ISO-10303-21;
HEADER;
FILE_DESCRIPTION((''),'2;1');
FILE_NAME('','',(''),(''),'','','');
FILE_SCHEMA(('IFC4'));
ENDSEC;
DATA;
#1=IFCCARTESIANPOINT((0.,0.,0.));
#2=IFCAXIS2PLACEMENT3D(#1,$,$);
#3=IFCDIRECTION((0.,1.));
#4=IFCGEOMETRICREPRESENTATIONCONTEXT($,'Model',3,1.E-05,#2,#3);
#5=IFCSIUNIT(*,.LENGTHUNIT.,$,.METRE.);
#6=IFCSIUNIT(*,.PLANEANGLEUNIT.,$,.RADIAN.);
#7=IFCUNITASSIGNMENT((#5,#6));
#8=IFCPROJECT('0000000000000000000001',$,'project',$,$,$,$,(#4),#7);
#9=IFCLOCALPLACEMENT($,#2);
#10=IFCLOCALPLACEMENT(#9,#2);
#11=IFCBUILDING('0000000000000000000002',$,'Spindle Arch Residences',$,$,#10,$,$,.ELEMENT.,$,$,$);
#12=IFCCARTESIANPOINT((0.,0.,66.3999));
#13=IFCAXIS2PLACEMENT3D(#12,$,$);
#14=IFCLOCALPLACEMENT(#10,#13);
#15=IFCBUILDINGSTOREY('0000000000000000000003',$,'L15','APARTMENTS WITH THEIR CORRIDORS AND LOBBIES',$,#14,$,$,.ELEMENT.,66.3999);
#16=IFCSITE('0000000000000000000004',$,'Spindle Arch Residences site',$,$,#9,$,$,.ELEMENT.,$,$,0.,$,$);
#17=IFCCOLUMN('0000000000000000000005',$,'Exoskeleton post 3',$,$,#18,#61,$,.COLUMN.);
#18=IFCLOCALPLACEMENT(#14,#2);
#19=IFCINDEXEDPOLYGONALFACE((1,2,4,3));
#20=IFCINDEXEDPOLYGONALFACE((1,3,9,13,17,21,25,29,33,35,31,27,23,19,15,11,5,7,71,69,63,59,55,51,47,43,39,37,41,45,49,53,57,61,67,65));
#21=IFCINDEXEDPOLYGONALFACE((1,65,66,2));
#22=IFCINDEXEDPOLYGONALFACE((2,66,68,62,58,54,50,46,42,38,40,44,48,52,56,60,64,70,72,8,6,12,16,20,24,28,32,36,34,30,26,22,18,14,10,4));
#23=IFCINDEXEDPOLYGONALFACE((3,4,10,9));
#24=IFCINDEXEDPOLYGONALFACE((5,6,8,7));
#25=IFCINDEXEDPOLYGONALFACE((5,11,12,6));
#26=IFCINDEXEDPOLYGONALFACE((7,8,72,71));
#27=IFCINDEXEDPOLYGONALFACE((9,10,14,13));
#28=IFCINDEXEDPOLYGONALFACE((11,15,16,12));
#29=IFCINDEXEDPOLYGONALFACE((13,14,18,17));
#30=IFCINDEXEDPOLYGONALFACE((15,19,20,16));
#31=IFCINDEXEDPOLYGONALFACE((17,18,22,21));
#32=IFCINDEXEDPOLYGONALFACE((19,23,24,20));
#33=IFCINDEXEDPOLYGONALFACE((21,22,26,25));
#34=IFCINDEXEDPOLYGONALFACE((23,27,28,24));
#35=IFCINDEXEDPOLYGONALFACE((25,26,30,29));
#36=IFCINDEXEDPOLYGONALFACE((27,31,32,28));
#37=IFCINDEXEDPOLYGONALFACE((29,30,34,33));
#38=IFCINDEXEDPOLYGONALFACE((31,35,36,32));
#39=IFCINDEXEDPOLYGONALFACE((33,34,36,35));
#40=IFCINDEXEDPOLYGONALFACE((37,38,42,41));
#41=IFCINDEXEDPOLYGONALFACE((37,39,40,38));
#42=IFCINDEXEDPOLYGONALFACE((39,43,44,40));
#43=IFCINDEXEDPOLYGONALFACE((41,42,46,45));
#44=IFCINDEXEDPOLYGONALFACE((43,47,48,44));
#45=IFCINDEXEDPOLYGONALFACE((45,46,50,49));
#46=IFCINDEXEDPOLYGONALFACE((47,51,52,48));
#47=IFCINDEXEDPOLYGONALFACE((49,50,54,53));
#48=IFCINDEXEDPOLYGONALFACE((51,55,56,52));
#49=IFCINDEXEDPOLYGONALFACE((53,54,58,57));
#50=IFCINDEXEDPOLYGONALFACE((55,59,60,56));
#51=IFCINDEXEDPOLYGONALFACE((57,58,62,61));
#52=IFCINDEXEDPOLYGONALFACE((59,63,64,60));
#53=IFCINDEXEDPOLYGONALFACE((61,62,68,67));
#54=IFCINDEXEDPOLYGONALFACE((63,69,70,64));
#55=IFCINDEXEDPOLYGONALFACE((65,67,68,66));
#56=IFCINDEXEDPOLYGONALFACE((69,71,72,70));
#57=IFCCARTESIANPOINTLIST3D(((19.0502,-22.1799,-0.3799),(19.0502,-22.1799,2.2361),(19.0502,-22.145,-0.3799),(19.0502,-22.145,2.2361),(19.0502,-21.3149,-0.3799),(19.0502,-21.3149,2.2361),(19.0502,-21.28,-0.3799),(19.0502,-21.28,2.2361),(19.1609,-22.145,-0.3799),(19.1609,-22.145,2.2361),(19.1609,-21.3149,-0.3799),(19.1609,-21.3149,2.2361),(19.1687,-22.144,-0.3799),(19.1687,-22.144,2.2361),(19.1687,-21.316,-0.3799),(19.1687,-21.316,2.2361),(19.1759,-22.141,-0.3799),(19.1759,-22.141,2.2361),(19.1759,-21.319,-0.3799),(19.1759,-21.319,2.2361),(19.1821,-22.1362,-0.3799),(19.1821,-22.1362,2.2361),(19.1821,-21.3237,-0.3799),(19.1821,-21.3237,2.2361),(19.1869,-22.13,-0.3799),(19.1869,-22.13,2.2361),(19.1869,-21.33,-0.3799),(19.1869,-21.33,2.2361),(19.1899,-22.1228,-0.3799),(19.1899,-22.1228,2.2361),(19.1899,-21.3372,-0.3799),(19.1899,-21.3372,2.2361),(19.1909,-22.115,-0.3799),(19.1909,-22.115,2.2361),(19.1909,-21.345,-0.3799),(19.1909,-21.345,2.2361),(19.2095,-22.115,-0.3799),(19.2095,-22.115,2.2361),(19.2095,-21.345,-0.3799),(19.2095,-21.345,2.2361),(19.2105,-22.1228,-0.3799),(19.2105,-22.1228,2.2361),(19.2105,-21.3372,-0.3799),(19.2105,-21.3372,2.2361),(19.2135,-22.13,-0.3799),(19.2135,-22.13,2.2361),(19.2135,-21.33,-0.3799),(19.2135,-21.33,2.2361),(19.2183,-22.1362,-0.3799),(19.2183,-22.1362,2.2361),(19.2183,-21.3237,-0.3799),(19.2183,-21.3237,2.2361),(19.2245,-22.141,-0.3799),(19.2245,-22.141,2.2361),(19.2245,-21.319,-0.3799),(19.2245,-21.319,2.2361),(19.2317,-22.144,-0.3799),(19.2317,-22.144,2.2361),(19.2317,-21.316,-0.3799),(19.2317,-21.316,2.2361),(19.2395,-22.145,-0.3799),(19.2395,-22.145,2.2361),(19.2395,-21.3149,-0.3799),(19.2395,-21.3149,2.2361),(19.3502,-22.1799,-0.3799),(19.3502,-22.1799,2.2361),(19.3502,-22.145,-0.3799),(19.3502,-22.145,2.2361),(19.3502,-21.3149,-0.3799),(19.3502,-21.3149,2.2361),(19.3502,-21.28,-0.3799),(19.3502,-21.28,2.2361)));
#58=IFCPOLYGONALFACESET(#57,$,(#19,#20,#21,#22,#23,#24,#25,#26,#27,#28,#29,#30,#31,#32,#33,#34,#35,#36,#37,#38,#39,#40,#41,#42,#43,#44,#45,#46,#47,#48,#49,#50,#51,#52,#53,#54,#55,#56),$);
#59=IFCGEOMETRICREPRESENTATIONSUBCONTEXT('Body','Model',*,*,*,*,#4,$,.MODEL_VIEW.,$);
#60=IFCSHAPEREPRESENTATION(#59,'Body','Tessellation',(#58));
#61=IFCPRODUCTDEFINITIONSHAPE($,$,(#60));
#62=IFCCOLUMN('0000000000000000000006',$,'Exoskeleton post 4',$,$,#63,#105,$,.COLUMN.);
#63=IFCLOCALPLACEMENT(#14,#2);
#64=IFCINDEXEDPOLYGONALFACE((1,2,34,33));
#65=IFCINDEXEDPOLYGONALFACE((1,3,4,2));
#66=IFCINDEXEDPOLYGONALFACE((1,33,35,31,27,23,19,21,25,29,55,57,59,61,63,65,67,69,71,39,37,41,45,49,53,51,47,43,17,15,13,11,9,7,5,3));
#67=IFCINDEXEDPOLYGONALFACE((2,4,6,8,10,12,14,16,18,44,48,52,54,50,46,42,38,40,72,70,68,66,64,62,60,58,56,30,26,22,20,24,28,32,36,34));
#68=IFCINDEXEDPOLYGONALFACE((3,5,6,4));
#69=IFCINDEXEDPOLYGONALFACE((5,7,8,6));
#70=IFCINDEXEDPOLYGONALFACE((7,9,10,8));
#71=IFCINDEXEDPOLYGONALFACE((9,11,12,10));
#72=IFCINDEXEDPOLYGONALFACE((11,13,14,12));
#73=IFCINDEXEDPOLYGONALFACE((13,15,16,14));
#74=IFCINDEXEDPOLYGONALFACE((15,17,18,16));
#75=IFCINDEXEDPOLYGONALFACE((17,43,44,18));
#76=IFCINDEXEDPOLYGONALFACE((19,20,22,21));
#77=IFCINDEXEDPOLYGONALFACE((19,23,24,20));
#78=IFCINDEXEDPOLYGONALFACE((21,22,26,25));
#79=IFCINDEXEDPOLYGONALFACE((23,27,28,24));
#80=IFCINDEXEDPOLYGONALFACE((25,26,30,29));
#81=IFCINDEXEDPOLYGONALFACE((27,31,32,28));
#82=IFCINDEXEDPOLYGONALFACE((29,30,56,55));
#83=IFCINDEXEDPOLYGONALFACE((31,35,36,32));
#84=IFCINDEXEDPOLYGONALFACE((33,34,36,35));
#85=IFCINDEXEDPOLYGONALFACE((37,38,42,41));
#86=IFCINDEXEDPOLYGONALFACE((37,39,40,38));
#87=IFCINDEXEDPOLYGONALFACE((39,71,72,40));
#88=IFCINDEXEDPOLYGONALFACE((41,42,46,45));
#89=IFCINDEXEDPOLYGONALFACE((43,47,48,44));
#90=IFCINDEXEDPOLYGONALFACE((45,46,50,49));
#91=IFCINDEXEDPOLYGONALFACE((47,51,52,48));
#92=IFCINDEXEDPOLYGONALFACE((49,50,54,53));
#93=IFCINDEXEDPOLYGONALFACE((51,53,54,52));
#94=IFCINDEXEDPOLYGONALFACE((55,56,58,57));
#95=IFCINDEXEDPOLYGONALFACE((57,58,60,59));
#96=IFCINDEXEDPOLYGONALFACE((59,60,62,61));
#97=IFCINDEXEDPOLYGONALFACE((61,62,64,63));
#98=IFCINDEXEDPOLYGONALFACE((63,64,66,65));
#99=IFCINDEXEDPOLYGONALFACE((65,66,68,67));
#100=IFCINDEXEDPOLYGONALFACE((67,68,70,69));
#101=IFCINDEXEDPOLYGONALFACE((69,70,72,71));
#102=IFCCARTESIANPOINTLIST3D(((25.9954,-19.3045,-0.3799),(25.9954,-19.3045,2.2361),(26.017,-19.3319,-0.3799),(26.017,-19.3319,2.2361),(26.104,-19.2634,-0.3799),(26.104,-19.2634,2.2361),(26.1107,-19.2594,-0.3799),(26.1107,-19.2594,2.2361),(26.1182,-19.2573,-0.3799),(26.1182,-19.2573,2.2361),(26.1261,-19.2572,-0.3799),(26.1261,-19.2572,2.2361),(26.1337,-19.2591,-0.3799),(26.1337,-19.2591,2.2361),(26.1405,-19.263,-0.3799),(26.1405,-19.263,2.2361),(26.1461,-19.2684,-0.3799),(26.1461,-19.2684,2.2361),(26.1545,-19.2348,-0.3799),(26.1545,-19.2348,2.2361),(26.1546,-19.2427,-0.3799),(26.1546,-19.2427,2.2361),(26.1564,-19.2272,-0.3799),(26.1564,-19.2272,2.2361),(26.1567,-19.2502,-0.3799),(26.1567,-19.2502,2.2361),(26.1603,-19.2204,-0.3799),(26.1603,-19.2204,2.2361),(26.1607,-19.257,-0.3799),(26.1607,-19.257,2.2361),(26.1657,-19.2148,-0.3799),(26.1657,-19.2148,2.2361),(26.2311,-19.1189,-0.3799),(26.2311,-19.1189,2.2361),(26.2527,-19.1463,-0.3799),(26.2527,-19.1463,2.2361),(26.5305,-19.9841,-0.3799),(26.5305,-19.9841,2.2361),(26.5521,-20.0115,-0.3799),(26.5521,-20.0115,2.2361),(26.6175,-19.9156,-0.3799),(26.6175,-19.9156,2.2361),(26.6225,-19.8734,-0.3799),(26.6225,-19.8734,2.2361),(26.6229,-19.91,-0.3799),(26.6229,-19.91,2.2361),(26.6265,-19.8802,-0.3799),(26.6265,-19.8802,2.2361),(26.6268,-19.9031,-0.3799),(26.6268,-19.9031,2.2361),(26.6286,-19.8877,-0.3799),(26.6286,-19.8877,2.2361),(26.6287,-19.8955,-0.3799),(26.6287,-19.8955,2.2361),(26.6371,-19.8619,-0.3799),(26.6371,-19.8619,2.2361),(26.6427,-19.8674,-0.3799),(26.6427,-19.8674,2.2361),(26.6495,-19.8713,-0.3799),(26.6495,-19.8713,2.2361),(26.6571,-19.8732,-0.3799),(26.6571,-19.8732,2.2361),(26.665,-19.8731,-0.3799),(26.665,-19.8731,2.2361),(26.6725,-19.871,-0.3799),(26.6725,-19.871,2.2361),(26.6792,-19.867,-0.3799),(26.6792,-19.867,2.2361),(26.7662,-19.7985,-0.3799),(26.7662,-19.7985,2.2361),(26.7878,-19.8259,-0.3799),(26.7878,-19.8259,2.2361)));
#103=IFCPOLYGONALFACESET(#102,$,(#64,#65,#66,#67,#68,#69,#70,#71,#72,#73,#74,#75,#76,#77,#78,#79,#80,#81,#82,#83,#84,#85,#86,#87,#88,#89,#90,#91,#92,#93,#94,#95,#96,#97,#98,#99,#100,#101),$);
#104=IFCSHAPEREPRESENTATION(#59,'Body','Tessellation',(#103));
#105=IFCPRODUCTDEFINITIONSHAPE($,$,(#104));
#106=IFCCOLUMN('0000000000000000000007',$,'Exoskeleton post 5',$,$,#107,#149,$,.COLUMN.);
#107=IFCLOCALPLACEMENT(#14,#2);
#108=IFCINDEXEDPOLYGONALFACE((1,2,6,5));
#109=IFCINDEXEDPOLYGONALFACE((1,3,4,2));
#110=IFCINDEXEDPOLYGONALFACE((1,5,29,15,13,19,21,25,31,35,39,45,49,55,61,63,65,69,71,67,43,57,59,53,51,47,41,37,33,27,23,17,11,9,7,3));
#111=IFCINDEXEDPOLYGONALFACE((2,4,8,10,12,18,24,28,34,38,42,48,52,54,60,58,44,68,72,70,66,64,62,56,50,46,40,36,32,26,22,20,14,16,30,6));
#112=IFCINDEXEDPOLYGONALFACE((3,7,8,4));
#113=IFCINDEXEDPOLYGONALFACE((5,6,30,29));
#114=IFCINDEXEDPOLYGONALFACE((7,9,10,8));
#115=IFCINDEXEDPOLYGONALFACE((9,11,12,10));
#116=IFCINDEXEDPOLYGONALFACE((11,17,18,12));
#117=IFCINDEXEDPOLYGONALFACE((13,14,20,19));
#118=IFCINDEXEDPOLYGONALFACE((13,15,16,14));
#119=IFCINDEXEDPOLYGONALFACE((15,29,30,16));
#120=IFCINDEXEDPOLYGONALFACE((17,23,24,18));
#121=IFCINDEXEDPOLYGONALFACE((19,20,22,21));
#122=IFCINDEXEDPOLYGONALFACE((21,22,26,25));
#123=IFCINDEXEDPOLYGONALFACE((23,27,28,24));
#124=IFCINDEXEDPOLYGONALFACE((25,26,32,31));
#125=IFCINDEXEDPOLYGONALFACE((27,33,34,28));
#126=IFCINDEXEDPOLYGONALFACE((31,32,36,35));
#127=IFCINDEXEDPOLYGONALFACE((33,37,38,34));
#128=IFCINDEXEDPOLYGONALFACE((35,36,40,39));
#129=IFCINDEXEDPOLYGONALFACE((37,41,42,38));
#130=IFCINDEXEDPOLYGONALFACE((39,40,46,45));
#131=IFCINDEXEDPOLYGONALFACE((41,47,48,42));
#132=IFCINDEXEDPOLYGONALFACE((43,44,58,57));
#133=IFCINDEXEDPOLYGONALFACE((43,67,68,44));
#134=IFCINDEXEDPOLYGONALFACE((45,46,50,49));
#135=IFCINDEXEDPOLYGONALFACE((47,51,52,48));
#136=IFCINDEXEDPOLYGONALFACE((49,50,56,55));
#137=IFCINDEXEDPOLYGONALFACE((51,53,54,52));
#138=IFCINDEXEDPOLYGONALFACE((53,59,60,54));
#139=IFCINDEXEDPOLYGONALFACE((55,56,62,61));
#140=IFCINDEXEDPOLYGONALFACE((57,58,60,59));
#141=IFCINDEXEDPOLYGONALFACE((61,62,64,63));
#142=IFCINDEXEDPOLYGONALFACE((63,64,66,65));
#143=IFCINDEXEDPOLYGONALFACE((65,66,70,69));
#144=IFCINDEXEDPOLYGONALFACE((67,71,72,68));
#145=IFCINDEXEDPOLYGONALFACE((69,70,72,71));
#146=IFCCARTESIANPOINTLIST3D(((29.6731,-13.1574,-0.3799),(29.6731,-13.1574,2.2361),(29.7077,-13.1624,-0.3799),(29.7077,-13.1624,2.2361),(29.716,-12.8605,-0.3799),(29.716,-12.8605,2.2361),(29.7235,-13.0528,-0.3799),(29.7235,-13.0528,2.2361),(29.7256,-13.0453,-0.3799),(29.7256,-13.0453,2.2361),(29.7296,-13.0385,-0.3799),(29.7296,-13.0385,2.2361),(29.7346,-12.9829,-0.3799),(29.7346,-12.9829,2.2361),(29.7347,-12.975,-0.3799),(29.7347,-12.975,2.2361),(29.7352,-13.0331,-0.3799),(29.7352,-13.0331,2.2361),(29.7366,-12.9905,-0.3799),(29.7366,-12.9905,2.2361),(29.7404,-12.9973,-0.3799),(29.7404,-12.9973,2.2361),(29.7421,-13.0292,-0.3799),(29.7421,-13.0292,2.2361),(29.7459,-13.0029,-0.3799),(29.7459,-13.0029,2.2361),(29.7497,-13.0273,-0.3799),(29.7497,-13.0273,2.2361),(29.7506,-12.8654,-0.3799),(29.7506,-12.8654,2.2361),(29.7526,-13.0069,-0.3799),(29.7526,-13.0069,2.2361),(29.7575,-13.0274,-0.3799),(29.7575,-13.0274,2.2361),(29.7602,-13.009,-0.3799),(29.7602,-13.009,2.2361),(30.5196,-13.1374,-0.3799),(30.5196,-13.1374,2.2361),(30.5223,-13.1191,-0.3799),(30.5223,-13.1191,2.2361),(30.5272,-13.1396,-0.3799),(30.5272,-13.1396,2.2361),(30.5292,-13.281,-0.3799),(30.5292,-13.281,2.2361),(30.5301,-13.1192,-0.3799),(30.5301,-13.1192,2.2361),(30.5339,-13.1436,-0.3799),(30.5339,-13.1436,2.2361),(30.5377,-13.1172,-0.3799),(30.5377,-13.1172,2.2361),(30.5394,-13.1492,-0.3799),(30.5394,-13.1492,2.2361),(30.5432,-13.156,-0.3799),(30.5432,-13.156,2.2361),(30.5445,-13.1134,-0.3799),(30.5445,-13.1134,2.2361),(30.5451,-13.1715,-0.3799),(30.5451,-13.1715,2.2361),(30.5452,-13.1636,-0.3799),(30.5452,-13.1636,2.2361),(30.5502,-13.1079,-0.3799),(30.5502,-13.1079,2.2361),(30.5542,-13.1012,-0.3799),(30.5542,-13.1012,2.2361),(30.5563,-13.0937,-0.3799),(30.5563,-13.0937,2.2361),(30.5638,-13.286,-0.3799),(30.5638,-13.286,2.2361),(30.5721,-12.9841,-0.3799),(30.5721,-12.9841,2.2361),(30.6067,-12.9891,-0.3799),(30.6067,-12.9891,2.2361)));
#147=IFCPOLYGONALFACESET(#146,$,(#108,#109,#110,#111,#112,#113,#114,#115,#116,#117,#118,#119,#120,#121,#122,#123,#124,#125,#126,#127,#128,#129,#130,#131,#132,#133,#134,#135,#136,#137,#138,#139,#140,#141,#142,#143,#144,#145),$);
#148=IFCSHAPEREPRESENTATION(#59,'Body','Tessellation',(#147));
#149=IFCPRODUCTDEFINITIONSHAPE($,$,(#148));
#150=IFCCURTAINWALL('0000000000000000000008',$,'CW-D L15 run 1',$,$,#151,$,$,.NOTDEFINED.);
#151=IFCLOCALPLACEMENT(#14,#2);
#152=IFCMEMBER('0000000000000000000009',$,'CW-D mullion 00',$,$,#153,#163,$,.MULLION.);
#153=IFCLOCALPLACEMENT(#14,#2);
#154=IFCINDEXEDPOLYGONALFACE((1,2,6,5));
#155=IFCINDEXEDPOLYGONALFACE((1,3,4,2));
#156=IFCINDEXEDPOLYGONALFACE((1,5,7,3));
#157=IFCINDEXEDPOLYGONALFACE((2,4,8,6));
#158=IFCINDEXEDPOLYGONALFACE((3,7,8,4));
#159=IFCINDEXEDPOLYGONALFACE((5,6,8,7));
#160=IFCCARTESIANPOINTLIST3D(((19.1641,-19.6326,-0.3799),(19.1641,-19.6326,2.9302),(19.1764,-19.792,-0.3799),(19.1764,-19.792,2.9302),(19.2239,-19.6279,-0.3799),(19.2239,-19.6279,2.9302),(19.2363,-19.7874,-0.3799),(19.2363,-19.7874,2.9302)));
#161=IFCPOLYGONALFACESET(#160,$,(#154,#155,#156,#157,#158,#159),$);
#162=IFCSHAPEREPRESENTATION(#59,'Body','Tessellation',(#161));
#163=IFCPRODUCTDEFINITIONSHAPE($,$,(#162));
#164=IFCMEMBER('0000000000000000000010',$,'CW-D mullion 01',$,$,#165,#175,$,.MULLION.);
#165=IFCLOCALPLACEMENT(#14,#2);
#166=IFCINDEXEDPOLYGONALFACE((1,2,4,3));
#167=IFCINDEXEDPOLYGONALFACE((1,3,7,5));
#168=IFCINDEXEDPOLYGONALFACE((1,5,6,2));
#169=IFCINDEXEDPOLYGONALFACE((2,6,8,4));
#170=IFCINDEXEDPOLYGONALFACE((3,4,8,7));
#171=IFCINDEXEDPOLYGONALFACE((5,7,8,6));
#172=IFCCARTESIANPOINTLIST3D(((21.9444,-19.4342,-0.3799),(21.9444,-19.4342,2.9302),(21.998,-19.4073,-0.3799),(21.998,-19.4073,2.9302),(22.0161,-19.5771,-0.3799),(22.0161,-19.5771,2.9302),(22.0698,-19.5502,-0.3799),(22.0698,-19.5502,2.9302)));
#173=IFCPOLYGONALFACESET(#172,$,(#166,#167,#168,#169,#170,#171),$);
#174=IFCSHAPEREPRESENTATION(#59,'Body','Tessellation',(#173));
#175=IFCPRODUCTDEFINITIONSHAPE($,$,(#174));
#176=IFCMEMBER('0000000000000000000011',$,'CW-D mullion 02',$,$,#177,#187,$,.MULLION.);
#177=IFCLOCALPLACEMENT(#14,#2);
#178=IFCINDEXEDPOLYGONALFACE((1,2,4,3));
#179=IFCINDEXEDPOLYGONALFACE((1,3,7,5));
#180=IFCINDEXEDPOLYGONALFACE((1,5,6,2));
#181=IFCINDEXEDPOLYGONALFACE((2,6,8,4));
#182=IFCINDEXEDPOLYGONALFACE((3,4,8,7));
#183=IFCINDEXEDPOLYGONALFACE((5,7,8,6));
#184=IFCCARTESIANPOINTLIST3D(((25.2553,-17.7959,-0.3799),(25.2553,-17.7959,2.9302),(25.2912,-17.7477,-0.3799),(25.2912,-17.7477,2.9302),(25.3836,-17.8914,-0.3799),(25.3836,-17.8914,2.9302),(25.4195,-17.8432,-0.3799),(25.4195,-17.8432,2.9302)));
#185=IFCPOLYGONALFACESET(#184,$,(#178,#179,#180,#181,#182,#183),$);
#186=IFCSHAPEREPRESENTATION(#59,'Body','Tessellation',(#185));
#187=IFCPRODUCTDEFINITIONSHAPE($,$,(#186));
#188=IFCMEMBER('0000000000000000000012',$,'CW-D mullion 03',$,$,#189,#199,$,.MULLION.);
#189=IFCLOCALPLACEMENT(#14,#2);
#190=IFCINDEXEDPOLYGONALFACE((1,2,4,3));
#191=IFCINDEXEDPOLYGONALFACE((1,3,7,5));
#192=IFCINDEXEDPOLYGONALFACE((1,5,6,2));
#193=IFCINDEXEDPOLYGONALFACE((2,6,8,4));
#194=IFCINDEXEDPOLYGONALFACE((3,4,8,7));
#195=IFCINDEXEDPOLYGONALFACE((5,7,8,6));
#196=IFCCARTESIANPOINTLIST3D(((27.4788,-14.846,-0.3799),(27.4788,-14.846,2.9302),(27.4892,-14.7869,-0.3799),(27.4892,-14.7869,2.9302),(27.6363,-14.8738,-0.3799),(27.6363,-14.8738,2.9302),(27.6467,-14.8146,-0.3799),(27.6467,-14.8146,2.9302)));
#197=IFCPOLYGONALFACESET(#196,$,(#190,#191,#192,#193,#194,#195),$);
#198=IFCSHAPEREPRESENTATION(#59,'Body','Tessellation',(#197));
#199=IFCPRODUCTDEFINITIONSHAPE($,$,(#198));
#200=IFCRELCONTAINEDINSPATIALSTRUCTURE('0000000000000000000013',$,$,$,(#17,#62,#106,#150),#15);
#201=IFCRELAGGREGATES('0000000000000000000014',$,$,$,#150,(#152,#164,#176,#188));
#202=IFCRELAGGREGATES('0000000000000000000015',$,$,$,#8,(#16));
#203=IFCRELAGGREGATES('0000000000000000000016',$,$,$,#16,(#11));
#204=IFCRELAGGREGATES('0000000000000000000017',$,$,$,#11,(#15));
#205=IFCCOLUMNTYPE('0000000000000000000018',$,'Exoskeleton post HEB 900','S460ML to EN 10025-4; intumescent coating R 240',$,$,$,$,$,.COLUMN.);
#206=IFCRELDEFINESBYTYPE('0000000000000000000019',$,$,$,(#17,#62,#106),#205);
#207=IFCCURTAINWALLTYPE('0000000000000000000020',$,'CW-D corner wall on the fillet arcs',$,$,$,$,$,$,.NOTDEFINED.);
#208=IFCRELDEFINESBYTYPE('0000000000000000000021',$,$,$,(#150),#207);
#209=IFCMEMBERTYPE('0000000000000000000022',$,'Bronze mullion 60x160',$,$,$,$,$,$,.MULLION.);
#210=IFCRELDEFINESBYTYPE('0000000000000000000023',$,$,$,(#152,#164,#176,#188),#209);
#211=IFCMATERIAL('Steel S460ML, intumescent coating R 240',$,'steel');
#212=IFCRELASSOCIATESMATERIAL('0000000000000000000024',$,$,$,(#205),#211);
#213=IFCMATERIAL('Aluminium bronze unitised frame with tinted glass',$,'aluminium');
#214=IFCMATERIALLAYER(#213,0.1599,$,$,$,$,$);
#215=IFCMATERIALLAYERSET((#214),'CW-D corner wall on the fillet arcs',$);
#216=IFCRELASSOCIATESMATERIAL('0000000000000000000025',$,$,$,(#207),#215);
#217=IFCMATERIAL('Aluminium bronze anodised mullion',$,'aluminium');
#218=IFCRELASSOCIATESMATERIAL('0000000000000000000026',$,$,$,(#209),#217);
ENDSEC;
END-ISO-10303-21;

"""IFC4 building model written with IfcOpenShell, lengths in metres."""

from ifc_helpers import new_model, si_unit, direction, frame, origin, origin_2d, place, context, subcontext, project, spatial, rectangle, i_section, extrude, material, layer, layer_set, material_profile, profile_set, type_object, element, aggregate, save


model = new_model("IFC4")

# Units and contexts
model_context = context("Model", 3, precision=1e-05, world=origin(), true_north=direction((0.0, 1.0)))
body_context = subcontext(model_context, "Body", "Model", "MODEL_VIEW")
ifc_project = project(units=[si_unit("LENGTHUNIT", "METRE"), si_unit("PLANEANGLEUNIT", "RADIAN")], contexts=[model_context])

# Site, building, storey
site_placement = place(None, origin())
site = spatial("IfcSite", under=ifc_project, at=site_placement, Name="Spindle Arch Residences site", CompositionType="ELEMENT", RefElevation=0.0)
building_placement = place(site_placement, origin())
building = spatial("IfcBuilding", under=site, at=building_placement, Name="Spindle Arch Residences", CompositionType="ELEMENT")
storey_placement = place(building_placement, frame((0.0, 0.0, 66.3999)))
storey = spatial("IfcBuildingStorey", under=building, at=storey_placement, Name="L15", Description="APARTMENTS WITH THEIR CORRIDORS AND LOBBIES", CompositionType="ELEMENT", Elevation=66.3999)

# Columns
ifc_material_1 = material(Name="Steel S460ML, intumescent coating R 240", Category="steel")
ifc_material_profile_1 = material_profile(ifc_material_1, i_section(OverallWidth=0.3, OverallDepth=0.8999, WebThickness=0.0186, FlangeThickness=0.0349, FilletRadius=0.03, at=origin_2d()), Name="HEB 900")
ifc_profile_set_1 = profile_set([ifc_material_profile_1], Name="Steel S460ML, intumescent coating R 240")
column_type = type_object("IfcColumnType", Name="Exoskeleton post HEB 900", Description="S460ML to EN 10025-4; intumescent coating R 240", PredefinedType="COLUMN", material=ifc_profile_set_1)
for number, where, z_axis, x_axis, name in (
    (1, (19.2002, -21.73, -0.3799), (0.0, 0.0, 1.0), (-1.0, 0.0, 0.0), "Exoskeleton post 3"),
    (2, (26.3916, -19.5652, -0.3799), (0.0, 0.0, 1.0), (-0.785684, -0.618629, 0.0), "Exoskeleton post 4"),
    (3, (30.1399, -13.0732, -0.3799), (0.0, 0.0, 1.0), (-0.142906, -0.989736, 0.0), "Exoskeleton post 5"),
):
    element("IfcColumn", number, at=place(storey_placement, frame(where, z_axis=z_axis, x_axis=x_axis)), inside=storey, type_object=column_type, Name=name, PredefinedType="COLUMN", context=body_context, shape_type="SweptSolid", body=[
        extrude(i_section(OverallWidth=0.3, OverallDepth=0.8999, WebThickness=0.0186, FlangeThickness=0.0349, FilletRadius=0.03, at=origin_2d()), origin(), (0.0, 0.0, 1.0), 2.616),
    ])

# Curtain wall, members
ifc_material_2 = material(Name="Aluminium bronze unitised frame with tinted glass", Category="aluminium")
ifc_layer_1 = layer(ifc_material_2, 0.1599)
ifc_layer_set_1 = layer_set([ifc_layer_1], Name="CW-D corner wall on the fillet arcs")
curtain_wall_type = type_object("IfcCurtainWallType", Name="CW-D corner wall on the fillet arcs", PredefinedType="NOTDEFINED", material=ifc_layer_set_1)
curtain_wall_placement = place(storey_placement, origin())
curtain_wall = element("IfcCurtainWall", 4, at=curtain_wall_placement, inside=storey, type_object=curtain_wall_type, Name="CW-D L15 run 1", PredefinedType="NOTDEFINED")
ifc_material_3 = material(Name="Aluminium bronze anodised mullion", Category="aluminium")
ifc_material_profile_2 = material_profile(ifc_material_3, rectangle(XDim=0.1599, YDim=0.0601, at=origin_2d()), Name="MU 60x160")
ifc_profile_set_2 = profile_set([ifc_material_profile_2], Name="Aluminium bronze anodised mullion")
member_type_1 = type_object("IfcMemberType", Name="Bronze mullion 60x160", PredefinedType="MULLION", material=ifc_profile_set_2)
member_1_placement = place(storey_placement, frame((19.2002, -19.71, -0.3799), z_axis=(0.0, 0.0, 1.0), x_axis=(-0.077364, 0.997003, 0.0)))
member_1 = element("IfcMember", 5, at=member_1_placement, type_object=member_type_1, Name="CW-D mullion 00", PredefinedType="MULLION", context=body_context, shape_type="SweptSolid", body=[
    extrude(rectangle(XDim=0.1599, YDim=0.0601, at=origin_2d()), origin(), (0.0, 0.0, 1.0), 3.3101),
])
member_2_placement = place(storey_placement, frame((22.0071, -19.4922, -0.3799), z_axis=(0.0, 0.0, 1.0), x_axis=(-0.448799, 0.893633, 0.0)))
member_2 = element("IfcMember", 6, at=member_2_placement, type_object=member_type_1, Name="CW-D mullion 01", PredefinedType="MULLION", context=body_context, shape_type="SweptSolid", body=[
    extrude(rectangle(XDim=0.1599, YDim=0.0601, at=origin_2d()), origin(), (0.0, 0.0, 1.0), 3.3101),
])
member_3_placement = place(storey_placement, frame((25.3374, -17.8196, -0.3799), z_axis=(0.0, 0.0, 1.0), x_axis=(-0.802123, 0.597159, 0.0)))
member_3 = element("IfcMember", 7, at=member_3_placement, type_object=member_type_1, Name="CW-D mullion 02", PredefinedType="MULLION", context=body_context, shape_type="SweptSolid", body=[
    extrude(rectangle(XDim=0.1599, YDim=0.0601, at=origin_2d()), origin(), (0.0, 0.0, 1.0), 3.3101),
])
member_4_placement = place(storey_placement, frame((27.5627, -14.8303, -0.3799), z_axis=(0.0, 0.0, 1.0), x_axis=(-0.984808, 0.173648, 0.0)))
member_4 = element("IfcMember", 8, at=member_4_placement, type_object=member_type_1, Name="CW-D mullion 03", PredefinedType="MULLION", context=body_context, shape_type="SweptSolid", body=[
    extrude(rectangle(XDim=0.1599, YDim=0.0601, at=origin_2d()), origin(), (0.0, 0.0, 1.0), 3.3101),
])

aggregate(curtain_wall, [member_1, member_2, member_3, member_4])

save(model, "model.ifc")
